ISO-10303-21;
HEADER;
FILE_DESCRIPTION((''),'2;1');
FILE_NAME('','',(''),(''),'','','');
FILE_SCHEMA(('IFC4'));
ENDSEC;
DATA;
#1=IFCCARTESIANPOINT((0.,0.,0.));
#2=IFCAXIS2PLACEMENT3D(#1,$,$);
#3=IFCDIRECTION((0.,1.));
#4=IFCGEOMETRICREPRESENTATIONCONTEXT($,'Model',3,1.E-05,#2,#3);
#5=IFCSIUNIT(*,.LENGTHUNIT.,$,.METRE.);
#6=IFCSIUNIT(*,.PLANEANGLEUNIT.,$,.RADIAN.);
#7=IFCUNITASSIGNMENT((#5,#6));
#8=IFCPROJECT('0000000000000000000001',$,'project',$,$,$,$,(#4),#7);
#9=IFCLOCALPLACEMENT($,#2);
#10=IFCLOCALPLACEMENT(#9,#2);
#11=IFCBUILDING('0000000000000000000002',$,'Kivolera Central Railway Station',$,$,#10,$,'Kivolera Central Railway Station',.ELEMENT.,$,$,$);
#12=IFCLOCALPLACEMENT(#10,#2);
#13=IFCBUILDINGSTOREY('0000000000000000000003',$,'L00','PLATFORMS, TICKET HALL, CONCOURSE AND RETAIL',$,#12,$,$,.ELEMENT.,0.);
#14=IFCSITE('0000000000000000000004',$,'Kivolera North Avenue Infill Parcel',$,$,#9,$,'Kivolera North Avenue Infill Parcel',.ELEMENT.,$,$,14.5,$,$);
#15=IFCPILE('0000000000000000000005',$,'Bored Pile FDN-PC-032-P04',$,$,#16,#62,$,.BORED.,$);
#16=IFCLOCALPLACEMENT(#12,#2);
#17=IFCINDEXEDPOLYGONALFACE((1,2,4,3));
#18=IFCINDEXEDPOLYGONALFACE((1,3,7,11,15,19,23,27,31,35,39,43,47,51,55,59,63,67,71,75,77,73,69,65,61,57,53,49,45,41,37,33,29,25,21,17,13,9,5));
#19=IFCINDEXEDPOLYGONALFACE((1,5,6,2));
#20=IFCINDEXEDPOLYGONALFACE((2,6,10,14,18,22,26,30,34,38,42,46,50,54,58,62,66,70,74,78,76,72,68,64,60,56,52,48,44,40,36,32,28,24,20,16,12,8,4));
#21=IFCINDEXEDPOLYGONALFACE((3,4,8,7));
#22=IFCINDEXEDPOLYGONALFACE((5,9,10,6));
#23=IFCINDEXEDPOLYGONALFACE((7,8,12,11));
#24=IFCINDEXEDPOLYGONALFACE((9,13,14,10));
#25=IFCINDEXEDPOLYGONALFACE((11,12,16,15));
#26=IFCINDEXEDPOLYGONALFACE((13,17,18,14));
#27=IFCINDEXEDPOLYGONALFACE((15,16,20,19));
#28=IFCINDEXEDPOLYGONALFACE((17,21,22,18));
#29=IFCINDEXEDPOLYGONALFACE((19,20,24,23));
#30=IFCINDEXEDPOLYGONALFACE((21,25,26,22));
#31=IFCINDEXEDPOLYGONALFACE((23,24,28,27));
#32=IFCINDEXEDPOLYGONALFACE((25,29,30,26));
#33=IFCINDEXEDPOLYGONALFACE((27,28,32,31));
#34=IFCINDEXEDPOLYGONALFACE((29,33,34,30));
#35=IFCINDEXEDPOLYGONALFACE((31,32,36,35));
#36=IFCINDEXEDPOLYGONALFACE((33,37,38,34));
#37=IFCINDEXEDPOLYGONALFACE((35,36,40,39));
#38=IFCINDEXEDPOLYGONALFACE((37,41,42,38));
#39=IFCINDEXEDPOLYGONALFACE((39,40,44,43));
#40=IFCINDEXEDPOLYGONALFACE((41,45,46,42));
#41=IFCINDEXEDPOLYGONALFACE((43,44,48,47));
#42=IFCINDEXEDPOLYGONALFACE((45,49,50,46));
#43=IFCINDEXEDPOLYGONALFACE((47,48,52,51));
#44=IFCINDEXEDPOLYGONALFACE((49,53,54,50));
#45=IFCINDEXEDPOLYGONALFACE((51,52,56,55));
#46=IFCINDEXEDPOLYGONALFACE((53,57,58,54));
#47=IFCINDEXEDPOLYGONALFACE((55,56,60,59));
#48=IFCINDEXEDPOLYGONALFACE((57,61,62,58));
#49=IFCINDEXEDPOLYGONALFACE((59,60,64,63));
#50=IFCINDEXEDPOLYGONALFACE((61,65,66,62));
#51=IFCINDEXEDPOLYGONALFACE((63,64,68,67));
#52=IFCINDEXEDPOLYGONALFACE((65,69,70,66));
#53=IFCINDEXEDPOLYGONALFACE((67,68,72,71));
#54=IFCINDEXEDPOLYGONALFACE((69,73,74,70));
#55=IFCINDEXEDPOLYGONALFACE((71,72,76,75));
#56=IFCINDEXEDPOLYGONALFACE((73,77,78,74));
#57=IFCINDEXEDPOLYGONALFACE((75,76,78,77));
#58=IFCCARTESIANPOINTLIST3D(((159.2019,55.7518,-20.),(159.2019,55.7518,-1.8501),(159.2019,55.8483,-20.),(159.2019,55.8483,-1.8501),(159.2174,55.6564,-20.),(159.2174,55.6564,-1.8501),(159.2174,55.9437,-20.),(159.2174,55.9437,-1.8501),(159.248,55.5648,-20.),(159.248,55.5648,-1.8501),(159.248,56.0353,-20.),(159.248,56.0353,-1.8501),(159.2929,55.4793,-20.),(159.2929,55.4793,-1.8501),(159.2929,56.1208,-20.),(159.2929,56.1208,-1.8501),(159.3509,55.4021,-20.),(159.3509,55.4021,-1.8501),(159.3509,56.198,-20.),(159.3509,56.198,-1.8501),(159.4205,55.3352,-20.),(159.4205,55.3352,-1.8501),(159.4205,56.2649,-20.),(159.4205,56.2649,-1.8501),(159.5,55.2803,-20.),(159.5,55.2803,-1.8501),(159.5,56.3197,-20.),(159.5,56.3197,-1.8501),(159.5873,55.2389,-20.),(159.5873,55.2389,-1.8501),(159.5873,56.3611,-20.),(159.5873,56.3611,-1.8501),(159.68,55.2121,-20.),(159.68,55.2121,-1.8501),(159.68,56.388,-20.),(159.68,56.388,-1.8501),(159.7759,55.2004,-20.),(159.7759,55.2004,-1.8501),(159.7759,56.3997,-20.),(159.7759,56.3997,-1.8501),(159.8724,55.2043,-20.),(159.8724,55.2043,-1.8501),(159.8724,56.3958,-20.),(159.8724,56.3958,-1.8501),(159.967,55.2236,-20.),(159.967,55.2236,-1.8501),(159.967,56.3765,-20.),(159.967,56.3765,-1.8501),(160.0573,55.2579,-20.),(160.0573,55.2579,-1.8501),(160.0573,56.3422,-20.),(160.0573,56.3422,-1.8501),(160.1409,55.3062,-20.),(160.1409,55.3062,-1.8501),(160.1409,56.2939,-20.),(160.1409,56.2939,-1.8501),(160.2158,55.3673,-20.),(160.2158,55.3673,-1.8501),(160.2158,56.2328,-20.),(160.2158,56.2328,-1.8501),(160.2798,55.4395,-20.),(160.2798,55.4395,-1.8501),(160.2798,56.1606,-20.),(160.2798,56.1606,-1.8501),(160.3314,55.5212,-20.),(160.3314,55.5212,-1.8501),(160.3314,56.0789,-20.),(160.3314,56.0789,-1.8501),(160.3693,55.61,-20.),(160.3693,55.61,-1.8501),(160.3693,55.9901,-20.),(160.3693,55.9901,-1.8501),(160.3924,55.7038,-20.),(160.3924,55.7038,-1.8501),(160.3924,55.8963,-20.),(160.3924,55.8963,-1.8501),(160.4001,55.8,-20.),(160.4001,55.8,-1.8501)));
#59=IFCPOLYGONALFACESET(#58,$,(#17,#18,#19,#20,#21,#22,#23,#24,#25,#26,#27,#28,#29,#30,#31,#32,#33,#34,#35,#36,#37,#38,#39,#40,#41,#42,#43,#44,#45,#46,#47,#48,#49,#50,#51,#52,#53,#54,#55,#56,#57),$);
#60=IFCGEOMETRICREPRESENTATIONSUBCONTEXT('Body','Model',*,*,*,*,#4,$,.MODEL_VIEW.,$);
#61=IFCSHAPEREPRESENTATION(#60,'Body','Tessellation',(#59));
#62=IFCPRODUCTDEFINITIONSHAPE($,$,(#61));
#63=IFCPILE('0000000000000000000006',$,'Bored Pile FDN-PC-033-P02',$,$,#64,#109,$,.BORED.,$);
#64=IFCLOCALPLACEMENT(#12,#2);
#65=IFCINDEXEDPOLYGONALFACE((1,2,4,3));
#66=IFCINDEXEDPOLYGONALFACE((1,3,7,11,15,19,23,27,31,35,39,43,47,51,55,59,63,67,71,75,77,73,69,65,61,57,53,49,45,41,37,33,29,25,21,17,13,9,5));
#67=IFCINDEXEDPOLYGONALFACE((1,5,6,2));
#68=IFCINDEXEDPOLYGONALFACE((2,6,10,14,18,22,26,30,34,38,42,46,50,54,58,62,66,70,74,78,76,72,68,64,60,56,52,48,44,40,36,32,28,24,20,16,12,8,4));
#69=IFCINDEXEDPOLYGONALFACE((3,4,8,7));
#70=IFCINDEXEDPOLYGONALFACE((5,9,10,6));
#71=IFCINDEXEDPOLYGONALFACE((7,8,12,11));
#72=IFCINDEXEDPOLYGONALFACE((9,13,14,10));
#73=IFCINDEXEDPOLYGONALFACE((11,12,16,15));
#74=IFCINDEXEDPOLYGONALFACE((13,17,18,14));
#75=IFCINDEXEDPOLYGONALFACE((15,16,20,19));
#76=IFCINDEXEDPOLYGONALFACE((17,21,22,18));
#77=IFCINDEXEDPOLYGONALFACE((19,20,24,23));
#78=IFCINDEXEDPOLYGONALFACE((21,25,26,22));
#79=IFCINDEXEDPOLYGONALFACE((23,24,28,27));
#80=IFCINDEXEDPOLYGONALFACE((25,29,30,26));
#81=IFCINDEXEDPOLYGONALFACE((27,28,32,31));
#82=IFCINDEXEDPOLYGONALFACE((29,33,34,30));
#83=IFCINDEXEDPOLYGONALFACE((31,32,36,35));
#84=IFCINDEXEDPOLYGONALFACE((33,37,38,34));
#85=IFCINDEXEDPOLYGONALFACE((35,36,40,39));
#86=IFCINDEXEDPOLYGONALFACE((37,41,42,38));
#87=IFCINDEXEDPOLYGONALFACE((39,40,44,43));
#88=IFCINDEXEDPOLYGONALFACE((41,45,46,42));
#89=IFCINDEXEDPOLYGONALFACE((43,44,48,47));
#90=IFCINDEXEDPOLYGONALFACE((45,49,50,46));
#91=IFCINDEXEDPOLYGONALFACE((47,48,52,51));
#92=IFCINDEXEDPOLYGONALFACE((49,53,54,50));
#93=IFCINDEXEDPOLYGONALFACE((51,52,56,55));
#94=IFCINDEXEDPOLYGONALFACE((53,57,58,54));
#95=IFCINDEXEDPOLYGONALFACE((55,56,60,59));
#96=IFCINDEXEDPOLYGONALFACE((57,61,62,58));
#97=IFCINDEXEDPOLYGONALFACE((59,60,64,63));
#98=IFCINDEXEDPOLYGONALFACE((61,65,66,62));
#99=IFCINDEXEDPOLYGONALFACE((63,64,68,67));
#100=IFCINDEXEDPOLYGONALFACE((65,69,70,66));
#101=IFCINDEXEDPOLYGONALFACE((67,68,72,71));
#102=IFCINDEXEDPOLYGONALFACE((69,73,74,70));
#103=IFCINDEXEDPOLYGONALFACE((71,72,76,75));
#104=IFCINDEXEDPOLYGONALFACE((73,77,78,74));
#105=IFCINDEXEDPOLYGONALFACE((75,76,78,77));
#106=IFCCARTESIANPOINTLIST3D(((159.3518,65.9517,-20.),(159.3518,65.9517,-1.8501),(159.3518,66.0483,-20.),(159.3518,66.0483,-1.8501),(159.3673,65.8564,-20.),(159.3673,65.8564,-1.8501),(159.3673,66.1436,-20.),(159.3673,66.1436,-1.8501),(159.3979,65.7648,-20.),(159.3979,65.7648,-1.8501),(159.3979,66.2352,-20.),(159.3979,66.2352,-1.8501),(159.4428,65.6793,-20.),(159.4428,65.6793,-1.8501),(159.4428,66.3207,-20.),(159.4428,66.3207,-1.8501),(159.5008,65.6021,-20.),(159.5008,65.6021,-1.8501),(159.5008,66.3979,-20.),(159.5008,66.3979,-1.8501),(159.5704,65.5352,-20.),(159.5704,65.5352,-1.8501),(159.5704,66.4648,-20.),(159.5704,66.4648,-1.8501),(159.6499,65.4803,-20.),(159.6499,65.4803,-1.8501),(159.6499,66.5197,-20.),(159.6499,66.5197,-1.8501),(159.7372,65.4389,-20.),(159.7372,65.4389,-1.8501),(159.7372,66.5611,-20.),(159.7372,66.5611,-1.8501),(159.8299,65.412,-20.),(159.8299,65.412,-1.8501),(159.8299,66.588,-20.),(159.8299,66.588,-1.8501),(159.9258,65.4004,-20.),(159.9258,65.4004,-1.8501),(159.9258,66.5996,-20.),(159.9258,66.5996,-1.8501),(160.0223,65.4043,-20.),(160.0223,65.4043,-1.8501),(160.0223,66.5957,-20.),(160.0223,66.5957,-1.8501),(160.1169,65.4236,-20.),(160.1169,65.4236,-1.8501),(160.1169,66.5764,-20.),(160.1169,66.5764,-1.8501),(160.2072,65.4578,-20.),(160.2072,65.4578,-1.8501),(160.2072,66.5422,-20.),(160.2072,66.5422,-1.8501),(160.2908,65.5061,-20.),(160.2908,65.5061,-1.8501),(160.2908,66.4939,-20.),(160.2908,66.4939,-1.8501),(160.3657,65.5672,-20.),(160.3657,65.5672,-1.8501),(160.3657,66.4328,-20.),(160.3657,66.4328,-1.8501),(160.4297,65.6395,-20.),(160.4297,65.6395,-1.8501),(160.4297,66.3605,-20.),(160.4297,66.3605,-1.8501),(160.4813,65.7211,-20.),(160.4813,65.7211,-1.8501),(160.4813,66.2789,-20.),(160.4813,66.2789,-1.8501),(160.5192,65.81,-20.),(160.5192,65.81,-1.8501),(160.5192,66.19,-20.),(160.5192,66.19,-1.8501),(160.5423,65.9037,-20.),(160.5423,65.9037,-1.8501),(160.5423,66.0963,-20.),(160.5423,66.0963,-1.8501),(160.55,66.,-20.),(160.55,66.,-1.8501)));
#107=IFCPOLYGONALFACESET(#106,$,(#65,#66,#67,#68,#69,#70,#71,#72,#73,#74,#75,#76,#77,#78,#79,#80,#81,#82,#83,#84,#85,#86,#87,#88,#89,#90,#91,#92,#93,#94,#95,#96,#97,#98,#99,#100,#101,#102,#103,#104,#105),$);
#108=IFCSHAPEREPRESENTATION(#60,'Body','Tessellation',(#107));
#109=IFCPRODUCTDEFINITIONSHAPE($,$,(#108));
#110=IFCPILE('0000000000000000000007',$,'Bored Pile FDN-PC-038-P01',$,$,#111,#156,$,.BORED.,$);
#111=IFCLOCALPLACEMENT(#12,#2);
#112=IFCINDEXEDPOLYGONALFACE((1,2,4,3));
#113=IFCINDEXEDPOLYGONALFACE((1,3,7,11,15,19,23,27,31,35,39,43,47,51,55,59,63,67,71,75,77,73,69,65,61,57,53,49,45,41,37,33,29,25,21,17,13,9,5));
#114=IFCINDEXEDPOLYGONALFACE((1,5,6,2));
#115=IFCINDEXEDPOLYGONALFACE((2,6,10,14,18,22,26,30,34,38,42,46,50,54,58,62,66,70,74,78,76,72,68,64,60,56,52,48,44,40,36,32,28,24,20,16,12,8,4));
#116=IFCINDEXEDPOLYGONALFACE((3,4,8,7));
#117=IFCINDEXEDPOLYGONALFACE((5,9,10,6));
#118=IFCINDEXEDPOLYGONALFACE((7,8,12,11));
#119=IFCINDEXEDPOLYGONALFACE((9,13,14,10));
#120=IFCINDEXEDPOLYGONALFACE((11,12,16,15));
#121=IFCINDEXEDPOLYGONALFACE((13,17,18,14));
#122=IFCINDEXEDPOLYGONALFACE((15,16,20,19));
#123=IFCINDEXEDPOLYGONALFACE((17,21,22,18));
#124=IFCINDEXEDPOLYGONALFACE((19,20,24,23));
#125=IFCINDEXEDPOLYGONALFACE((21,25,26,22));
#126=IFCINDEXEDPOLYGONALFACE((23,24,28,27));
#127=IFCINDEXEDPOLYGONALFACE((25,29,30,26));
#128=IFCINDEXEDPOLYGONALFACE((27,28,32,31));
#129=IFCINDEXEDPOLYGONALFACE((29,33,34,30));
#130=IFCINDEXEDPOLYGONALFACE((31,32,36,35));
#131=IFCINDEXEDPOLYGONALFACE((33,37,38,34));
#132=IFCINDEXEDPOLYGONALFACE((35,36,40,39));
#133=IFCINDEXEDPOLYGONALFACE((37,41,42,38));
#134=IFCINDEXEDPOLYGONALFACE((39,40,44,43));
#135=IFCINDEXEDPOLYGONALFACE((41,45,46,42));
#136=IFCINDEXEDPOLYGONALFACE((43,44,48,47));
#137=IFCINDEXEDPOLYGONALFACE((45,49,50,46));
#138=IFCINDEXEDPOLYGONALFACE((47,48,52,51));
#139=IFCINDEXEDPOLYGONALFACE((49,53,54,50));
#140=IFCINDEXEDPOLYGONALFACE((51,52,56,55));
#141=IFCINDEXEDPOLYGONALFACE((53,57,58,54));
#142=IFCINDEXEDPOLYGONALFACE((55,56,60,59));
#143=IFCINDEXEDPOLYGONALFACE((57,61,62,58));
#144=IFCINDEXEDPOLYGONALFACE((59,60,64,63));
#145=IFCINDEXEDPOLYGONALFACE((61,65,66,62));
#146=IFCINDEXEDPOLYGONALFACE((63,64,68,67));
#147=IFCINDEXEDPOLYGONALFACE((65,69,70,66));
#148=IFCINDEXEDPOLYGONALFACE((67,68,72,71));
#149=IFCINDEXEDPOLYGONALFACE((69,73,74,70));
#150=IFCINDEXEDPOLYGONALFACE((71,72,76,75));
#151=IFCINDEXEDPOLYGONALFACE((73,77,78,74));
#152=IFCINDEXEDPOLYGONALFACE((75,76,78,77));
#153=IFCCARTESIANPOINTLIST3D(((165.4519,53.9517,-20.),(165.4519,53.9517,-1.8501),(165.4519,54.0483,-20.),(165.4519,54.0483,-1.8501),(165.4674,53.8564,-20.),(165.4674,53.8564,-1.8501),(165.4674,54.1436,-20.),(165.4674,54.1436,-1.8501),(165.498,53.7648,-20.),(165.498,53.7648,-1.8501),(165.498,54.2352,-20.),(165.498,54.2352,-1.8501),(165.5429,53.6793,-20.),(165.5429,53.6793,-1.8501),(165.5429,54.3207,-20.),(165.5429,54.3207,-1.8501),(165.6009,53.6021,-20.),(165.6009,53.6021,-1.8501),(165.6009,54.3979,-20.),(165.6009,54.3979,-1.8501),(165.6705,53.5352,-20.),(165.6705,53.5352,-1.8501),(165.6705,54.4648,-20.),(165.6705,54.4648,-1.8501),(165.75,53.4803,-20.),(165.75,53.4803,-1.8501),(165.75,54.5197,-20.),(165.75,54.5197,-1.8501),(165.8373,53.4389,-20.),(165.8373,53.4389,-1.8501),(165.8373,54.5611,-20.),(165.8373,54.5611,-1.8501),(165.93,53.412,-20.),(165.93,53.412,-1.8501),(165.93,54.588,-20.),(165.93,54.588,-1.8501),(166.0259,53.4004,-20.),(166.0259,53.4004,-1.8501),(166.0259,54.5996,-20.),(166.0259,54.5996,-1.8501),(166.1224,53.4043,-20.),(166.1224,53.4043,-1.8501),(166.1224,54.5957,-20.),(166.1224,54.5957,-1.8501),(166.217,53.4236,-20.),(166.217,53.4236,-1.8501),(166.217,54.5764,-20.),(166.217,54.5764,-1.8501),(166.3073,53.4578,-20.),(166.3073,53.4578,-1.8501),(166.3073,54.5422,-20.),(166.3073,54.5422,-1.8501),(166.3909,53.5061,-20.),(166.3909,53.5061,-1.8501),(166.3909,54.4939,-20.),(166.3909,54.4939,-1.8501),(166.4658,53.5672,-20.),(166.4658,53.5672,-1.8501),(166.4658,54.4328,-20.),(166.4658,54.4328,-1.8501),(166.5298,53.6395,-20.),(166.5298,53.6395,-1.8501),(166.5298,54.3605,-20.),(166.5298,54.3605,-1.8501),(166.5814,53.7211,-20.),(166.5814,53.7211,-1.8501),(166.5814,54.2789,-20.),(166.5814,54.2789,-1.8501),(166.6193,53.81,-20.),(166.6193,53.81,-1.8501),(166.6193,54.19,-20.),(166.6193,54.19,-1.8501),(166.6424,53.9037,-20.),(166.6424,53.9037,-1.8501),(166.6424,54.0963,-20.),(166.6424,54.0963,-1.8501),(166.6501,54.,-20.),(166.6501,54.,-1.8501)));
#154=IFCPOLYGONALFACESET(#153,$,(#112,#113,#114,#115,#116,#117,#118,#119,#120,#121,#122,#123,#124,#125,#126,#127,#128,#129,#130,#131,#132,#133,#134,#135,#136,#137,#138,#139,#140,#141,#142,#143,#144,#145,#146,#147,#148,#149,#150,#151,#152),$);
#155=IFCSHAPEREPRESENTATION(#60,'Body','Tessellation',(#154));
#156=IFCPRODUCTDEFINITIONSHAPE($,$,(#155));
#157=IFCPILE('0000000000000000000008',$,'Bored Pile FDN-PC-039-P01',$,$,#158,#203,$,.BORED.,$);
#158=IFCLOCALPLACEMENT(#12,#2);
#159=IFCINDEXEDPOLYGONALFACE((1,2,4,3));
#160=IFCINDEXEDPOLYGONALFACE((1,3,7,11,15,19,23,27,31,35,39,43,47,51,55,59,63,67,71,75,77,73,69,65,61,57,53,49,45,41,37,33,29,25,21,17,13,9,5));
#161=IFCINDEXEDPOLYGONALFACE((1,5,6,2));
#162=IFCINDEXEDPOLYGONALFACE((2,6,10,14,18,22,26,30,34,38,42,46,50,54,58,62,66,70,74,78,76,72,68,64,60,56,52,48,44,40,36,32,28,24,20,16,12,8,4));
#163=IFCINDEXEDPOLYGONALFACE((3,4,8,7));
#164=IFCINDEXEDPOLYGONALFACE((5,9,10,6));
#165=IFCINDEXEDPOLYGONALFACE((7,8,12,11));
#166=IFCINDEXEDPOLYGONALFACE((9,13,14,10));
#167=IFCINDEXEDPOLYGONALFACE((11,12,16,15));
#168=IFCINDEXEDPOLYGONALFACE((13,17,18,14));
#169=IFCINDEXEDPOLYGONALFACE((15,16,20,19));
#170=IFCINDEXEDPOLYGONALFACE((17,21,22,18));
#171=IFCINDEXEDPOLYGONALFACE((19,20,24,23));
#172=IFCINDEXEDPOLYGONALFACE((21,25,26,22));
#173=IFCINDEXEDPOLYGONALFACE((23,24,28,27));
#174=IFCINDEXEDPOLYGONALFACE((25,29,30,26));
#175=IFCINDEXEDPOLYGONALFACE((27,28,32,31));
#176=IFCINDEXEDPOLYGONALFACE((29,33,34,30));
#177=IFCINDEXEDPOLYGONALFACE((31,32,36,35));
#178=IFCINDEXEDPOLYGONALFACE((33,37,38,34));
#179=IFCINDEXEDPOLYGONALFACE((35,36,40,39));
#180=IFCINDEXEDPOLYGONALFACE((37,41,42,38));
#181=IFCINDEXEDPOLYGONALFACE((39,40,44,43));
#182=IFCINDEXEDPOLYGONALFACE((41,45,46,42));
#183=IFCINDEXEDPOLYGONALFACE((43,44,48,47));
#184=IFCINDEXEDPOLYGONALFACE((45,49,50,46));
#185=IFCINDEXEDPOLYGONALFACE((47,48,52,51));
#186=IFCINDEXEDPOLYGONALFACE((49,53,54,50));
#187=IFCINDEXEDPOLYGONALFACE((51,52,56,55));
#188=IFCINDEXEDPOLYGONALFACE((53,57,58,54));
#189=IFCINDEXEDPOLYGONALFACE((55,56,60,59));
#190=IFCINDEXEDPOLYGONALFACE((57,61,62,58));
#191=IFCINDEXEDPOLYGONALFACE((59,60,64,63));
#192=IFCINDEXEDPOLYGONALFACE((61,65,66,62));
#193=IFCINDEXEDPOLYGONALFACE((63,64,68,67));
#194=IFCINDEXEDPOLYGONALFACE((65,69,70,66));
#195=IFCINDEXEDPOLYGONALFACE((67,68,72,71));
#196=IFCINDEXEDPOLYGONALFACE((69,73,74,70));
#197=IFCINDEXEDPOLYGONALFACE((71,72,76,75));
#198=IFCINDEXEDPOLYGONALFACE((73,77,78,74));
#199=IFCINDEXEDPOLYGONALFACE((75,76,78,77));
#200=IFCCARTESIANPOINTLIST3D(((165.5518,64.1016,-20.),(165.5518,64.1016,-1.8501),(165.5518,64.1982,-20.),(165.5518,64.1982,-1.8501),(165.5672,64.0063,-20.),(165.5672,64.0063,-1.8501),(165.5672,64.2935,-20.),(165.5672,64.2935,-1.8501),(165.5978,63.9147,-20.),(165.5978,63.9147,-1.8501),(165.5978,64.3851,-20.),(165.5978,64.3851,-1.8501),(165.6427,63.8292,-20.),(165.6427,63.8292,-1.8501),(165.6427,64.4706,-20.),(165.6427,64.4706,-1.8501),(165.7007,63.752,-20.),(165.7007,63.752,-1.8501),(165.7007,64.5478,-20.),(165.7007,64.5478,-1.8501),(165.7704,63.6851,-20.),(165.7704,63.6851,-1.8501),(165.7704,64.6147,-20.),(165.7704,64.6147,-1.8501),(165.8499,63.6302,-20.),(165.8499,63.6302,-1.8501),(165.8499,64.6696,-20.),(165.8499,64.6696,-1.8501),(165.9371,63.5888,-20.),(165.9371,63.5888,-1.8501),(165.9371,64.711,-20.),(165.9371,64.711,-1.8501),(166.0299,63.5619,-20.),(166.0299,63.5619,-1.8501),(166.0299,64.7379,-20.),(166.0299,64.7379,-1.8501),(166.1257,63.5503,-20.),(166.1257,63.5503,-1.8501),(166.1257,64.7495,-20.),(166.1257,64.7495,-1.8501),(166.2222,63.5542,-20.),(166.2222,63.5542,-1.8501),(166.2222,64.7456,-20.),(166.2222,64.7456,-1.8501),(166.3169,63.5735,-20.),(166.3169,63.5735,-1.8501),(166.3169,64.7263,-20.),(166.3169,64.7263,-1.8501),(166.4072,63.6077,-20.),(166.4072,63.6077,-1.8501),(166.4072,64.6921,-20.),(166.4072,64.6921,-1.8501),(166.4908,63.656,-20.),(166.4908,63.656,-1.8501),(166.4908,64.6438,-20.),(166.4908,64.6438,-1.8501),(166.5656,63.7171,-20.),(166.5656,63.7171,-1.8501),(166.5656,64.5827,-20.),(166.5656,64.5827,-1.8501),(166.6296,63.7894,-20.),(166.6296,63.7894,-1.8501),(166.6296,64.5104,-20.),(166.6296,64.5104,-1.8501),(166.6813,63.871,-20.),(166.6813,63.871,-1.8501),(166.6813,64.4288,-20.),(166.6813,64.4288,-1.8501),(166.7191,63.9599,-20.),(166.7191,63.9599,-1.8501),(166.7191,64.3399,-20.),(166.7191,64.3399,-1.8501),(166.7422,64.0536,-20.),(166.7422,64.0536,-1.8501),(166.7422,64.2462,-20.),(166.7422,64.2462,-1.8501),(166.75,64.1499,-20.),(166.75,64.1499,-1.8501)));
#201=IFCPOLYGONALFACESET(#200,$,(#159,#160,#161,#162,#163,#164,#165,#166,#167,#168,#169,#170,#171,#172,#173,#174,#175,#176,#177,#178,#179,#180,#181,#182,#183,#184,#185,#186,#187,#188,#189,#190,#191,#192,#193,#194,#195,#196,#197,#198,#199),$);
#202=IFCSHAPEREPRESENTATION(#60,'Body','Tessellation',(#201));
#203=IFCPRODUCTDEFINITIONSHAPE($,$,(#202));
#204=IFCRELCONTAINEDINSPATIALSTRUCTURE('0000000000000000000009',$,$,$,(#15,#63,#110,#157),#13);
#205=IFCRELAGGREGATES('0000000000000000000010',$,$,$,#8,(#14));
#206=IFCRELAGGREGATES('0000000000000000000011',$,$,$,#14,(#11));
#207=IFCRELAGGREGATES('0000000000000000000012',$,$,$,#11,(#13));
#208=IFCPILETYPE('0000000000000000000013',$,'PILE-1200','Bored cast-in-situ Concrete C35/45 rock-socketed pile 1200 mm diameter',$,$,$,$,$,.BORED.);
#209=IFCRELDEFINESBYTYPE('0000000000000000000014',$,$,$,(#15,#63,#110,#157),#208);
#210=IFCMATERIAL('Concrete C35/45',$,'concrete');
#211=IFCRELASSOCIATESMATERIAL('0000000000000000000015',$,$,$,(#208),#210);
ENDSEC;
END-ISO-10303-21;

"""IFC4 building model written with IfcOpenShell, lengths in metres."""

from ifc_helpers import new_model, si_unit, direction, frame, origin, origin_2d, place, context, subcontext, project, spatial, circle, extrude, material, material_profile, profile_set, type_object, element, save


model = new_model("IFC4")

# Units and contexts
model_context = context("Model", 3, precision=1e-05, world=origin(), true_north=direction((0.0, 1.0)))
body_context = subcontext(model_context, "Body", "Model", "MODEL_VIEW")
ifc_project = project(units=[si_unit("LENGTHUNIT", "METRE"), si_unit("PLANEANGLEUNIT", "RADIAN")], contexts=[model_context])

# Site, building, storey
site_placement = place(None, origin())
site = spatial("IfcSite", under=ifc_project, at=site_placement, Name="Kivolera North Avenue Infill Parcel", LongName="Kivolera North Avenue Infill Parcel", CompositionType="ELEMENT", RefElevation=14.5)
building_placement = place(site_placement, origin())
building = spatial("IfcBuilding", under=site, at=building_placement, Name="Kivolera Central Railway Station", LongName="Kivolera Central Railway Station", CompositionType="ELEMENT")
storey_placement = place(building_placement, origin())
storey = spatial("IfcBuildingStorey", under=building, at=storey_placement, Name="L00", Description="PLATFORMS, TICKET HALL, CONCOURSE AND RETAIL", CompositionType="ELEMENT", Elevation=0.0)

# Shared definitions
ifc_material_1 = material(Name="Concrete C35/45", Category="concrete")

# Piles
ifc_material_profile_1 = material_profile(ifc_material_1, circle(Radius=0.6001, at=origin_2d()), Name="PILE D1200")
ifc_profile_set_1 = profile_set([ifc_material_profile_1], Name="Concrete C35/45")
pile_type = type_object("IfcPileType", Name="PILE-1200", Description="Bored cast-in-situ Concrete C35/45 rock-socketed pile 1200 mm diameter", PredefinedType="BORED", material=ifc_profile_set_1)
for number, where, z_axis, x_axis, name in (
    (1, (159.8, 55.8, -1.8501), (0.0, 0.0, -1.0), (1.0, 0.0, 0.0), "Bored Pile FDN-PC-032-P04"),
    (2, (159.95, 66.0, -1.8501), (0.0, 0.0, -1.0), (1.0, 0.0, 0.0), "Bored Pile FDN-PC-033-P02"),
    (3, (166.05, 54.0, -1.8501), (0.0, 0.0, -1.0), (1.0, 0.0, 0.0), "Bored Pile FDN-PC-038-P01"),
    (4, (166.1499, 64.1499, -1.8501), (0.0, 0.0, -1.0), (1.0, 0.0, 0.0), "Bored Pile FDN-PC-039-P01"),
):
    element("IfcPile", number, at=place(storey_placement, frame(where, z_axis=z_axis, x_axis=x_axis)), inside=storey, type_object=pile_type, Name=name, PredefinedType="BORED", context=body_context, shape_type="SweptSolid", body=[
        extrude(circle(Radius=0.6001, at=origin_2d()), origin(), (0.0, 0.0, 1.0), 18.1499),
    ])

save(model, "model.ifc")
